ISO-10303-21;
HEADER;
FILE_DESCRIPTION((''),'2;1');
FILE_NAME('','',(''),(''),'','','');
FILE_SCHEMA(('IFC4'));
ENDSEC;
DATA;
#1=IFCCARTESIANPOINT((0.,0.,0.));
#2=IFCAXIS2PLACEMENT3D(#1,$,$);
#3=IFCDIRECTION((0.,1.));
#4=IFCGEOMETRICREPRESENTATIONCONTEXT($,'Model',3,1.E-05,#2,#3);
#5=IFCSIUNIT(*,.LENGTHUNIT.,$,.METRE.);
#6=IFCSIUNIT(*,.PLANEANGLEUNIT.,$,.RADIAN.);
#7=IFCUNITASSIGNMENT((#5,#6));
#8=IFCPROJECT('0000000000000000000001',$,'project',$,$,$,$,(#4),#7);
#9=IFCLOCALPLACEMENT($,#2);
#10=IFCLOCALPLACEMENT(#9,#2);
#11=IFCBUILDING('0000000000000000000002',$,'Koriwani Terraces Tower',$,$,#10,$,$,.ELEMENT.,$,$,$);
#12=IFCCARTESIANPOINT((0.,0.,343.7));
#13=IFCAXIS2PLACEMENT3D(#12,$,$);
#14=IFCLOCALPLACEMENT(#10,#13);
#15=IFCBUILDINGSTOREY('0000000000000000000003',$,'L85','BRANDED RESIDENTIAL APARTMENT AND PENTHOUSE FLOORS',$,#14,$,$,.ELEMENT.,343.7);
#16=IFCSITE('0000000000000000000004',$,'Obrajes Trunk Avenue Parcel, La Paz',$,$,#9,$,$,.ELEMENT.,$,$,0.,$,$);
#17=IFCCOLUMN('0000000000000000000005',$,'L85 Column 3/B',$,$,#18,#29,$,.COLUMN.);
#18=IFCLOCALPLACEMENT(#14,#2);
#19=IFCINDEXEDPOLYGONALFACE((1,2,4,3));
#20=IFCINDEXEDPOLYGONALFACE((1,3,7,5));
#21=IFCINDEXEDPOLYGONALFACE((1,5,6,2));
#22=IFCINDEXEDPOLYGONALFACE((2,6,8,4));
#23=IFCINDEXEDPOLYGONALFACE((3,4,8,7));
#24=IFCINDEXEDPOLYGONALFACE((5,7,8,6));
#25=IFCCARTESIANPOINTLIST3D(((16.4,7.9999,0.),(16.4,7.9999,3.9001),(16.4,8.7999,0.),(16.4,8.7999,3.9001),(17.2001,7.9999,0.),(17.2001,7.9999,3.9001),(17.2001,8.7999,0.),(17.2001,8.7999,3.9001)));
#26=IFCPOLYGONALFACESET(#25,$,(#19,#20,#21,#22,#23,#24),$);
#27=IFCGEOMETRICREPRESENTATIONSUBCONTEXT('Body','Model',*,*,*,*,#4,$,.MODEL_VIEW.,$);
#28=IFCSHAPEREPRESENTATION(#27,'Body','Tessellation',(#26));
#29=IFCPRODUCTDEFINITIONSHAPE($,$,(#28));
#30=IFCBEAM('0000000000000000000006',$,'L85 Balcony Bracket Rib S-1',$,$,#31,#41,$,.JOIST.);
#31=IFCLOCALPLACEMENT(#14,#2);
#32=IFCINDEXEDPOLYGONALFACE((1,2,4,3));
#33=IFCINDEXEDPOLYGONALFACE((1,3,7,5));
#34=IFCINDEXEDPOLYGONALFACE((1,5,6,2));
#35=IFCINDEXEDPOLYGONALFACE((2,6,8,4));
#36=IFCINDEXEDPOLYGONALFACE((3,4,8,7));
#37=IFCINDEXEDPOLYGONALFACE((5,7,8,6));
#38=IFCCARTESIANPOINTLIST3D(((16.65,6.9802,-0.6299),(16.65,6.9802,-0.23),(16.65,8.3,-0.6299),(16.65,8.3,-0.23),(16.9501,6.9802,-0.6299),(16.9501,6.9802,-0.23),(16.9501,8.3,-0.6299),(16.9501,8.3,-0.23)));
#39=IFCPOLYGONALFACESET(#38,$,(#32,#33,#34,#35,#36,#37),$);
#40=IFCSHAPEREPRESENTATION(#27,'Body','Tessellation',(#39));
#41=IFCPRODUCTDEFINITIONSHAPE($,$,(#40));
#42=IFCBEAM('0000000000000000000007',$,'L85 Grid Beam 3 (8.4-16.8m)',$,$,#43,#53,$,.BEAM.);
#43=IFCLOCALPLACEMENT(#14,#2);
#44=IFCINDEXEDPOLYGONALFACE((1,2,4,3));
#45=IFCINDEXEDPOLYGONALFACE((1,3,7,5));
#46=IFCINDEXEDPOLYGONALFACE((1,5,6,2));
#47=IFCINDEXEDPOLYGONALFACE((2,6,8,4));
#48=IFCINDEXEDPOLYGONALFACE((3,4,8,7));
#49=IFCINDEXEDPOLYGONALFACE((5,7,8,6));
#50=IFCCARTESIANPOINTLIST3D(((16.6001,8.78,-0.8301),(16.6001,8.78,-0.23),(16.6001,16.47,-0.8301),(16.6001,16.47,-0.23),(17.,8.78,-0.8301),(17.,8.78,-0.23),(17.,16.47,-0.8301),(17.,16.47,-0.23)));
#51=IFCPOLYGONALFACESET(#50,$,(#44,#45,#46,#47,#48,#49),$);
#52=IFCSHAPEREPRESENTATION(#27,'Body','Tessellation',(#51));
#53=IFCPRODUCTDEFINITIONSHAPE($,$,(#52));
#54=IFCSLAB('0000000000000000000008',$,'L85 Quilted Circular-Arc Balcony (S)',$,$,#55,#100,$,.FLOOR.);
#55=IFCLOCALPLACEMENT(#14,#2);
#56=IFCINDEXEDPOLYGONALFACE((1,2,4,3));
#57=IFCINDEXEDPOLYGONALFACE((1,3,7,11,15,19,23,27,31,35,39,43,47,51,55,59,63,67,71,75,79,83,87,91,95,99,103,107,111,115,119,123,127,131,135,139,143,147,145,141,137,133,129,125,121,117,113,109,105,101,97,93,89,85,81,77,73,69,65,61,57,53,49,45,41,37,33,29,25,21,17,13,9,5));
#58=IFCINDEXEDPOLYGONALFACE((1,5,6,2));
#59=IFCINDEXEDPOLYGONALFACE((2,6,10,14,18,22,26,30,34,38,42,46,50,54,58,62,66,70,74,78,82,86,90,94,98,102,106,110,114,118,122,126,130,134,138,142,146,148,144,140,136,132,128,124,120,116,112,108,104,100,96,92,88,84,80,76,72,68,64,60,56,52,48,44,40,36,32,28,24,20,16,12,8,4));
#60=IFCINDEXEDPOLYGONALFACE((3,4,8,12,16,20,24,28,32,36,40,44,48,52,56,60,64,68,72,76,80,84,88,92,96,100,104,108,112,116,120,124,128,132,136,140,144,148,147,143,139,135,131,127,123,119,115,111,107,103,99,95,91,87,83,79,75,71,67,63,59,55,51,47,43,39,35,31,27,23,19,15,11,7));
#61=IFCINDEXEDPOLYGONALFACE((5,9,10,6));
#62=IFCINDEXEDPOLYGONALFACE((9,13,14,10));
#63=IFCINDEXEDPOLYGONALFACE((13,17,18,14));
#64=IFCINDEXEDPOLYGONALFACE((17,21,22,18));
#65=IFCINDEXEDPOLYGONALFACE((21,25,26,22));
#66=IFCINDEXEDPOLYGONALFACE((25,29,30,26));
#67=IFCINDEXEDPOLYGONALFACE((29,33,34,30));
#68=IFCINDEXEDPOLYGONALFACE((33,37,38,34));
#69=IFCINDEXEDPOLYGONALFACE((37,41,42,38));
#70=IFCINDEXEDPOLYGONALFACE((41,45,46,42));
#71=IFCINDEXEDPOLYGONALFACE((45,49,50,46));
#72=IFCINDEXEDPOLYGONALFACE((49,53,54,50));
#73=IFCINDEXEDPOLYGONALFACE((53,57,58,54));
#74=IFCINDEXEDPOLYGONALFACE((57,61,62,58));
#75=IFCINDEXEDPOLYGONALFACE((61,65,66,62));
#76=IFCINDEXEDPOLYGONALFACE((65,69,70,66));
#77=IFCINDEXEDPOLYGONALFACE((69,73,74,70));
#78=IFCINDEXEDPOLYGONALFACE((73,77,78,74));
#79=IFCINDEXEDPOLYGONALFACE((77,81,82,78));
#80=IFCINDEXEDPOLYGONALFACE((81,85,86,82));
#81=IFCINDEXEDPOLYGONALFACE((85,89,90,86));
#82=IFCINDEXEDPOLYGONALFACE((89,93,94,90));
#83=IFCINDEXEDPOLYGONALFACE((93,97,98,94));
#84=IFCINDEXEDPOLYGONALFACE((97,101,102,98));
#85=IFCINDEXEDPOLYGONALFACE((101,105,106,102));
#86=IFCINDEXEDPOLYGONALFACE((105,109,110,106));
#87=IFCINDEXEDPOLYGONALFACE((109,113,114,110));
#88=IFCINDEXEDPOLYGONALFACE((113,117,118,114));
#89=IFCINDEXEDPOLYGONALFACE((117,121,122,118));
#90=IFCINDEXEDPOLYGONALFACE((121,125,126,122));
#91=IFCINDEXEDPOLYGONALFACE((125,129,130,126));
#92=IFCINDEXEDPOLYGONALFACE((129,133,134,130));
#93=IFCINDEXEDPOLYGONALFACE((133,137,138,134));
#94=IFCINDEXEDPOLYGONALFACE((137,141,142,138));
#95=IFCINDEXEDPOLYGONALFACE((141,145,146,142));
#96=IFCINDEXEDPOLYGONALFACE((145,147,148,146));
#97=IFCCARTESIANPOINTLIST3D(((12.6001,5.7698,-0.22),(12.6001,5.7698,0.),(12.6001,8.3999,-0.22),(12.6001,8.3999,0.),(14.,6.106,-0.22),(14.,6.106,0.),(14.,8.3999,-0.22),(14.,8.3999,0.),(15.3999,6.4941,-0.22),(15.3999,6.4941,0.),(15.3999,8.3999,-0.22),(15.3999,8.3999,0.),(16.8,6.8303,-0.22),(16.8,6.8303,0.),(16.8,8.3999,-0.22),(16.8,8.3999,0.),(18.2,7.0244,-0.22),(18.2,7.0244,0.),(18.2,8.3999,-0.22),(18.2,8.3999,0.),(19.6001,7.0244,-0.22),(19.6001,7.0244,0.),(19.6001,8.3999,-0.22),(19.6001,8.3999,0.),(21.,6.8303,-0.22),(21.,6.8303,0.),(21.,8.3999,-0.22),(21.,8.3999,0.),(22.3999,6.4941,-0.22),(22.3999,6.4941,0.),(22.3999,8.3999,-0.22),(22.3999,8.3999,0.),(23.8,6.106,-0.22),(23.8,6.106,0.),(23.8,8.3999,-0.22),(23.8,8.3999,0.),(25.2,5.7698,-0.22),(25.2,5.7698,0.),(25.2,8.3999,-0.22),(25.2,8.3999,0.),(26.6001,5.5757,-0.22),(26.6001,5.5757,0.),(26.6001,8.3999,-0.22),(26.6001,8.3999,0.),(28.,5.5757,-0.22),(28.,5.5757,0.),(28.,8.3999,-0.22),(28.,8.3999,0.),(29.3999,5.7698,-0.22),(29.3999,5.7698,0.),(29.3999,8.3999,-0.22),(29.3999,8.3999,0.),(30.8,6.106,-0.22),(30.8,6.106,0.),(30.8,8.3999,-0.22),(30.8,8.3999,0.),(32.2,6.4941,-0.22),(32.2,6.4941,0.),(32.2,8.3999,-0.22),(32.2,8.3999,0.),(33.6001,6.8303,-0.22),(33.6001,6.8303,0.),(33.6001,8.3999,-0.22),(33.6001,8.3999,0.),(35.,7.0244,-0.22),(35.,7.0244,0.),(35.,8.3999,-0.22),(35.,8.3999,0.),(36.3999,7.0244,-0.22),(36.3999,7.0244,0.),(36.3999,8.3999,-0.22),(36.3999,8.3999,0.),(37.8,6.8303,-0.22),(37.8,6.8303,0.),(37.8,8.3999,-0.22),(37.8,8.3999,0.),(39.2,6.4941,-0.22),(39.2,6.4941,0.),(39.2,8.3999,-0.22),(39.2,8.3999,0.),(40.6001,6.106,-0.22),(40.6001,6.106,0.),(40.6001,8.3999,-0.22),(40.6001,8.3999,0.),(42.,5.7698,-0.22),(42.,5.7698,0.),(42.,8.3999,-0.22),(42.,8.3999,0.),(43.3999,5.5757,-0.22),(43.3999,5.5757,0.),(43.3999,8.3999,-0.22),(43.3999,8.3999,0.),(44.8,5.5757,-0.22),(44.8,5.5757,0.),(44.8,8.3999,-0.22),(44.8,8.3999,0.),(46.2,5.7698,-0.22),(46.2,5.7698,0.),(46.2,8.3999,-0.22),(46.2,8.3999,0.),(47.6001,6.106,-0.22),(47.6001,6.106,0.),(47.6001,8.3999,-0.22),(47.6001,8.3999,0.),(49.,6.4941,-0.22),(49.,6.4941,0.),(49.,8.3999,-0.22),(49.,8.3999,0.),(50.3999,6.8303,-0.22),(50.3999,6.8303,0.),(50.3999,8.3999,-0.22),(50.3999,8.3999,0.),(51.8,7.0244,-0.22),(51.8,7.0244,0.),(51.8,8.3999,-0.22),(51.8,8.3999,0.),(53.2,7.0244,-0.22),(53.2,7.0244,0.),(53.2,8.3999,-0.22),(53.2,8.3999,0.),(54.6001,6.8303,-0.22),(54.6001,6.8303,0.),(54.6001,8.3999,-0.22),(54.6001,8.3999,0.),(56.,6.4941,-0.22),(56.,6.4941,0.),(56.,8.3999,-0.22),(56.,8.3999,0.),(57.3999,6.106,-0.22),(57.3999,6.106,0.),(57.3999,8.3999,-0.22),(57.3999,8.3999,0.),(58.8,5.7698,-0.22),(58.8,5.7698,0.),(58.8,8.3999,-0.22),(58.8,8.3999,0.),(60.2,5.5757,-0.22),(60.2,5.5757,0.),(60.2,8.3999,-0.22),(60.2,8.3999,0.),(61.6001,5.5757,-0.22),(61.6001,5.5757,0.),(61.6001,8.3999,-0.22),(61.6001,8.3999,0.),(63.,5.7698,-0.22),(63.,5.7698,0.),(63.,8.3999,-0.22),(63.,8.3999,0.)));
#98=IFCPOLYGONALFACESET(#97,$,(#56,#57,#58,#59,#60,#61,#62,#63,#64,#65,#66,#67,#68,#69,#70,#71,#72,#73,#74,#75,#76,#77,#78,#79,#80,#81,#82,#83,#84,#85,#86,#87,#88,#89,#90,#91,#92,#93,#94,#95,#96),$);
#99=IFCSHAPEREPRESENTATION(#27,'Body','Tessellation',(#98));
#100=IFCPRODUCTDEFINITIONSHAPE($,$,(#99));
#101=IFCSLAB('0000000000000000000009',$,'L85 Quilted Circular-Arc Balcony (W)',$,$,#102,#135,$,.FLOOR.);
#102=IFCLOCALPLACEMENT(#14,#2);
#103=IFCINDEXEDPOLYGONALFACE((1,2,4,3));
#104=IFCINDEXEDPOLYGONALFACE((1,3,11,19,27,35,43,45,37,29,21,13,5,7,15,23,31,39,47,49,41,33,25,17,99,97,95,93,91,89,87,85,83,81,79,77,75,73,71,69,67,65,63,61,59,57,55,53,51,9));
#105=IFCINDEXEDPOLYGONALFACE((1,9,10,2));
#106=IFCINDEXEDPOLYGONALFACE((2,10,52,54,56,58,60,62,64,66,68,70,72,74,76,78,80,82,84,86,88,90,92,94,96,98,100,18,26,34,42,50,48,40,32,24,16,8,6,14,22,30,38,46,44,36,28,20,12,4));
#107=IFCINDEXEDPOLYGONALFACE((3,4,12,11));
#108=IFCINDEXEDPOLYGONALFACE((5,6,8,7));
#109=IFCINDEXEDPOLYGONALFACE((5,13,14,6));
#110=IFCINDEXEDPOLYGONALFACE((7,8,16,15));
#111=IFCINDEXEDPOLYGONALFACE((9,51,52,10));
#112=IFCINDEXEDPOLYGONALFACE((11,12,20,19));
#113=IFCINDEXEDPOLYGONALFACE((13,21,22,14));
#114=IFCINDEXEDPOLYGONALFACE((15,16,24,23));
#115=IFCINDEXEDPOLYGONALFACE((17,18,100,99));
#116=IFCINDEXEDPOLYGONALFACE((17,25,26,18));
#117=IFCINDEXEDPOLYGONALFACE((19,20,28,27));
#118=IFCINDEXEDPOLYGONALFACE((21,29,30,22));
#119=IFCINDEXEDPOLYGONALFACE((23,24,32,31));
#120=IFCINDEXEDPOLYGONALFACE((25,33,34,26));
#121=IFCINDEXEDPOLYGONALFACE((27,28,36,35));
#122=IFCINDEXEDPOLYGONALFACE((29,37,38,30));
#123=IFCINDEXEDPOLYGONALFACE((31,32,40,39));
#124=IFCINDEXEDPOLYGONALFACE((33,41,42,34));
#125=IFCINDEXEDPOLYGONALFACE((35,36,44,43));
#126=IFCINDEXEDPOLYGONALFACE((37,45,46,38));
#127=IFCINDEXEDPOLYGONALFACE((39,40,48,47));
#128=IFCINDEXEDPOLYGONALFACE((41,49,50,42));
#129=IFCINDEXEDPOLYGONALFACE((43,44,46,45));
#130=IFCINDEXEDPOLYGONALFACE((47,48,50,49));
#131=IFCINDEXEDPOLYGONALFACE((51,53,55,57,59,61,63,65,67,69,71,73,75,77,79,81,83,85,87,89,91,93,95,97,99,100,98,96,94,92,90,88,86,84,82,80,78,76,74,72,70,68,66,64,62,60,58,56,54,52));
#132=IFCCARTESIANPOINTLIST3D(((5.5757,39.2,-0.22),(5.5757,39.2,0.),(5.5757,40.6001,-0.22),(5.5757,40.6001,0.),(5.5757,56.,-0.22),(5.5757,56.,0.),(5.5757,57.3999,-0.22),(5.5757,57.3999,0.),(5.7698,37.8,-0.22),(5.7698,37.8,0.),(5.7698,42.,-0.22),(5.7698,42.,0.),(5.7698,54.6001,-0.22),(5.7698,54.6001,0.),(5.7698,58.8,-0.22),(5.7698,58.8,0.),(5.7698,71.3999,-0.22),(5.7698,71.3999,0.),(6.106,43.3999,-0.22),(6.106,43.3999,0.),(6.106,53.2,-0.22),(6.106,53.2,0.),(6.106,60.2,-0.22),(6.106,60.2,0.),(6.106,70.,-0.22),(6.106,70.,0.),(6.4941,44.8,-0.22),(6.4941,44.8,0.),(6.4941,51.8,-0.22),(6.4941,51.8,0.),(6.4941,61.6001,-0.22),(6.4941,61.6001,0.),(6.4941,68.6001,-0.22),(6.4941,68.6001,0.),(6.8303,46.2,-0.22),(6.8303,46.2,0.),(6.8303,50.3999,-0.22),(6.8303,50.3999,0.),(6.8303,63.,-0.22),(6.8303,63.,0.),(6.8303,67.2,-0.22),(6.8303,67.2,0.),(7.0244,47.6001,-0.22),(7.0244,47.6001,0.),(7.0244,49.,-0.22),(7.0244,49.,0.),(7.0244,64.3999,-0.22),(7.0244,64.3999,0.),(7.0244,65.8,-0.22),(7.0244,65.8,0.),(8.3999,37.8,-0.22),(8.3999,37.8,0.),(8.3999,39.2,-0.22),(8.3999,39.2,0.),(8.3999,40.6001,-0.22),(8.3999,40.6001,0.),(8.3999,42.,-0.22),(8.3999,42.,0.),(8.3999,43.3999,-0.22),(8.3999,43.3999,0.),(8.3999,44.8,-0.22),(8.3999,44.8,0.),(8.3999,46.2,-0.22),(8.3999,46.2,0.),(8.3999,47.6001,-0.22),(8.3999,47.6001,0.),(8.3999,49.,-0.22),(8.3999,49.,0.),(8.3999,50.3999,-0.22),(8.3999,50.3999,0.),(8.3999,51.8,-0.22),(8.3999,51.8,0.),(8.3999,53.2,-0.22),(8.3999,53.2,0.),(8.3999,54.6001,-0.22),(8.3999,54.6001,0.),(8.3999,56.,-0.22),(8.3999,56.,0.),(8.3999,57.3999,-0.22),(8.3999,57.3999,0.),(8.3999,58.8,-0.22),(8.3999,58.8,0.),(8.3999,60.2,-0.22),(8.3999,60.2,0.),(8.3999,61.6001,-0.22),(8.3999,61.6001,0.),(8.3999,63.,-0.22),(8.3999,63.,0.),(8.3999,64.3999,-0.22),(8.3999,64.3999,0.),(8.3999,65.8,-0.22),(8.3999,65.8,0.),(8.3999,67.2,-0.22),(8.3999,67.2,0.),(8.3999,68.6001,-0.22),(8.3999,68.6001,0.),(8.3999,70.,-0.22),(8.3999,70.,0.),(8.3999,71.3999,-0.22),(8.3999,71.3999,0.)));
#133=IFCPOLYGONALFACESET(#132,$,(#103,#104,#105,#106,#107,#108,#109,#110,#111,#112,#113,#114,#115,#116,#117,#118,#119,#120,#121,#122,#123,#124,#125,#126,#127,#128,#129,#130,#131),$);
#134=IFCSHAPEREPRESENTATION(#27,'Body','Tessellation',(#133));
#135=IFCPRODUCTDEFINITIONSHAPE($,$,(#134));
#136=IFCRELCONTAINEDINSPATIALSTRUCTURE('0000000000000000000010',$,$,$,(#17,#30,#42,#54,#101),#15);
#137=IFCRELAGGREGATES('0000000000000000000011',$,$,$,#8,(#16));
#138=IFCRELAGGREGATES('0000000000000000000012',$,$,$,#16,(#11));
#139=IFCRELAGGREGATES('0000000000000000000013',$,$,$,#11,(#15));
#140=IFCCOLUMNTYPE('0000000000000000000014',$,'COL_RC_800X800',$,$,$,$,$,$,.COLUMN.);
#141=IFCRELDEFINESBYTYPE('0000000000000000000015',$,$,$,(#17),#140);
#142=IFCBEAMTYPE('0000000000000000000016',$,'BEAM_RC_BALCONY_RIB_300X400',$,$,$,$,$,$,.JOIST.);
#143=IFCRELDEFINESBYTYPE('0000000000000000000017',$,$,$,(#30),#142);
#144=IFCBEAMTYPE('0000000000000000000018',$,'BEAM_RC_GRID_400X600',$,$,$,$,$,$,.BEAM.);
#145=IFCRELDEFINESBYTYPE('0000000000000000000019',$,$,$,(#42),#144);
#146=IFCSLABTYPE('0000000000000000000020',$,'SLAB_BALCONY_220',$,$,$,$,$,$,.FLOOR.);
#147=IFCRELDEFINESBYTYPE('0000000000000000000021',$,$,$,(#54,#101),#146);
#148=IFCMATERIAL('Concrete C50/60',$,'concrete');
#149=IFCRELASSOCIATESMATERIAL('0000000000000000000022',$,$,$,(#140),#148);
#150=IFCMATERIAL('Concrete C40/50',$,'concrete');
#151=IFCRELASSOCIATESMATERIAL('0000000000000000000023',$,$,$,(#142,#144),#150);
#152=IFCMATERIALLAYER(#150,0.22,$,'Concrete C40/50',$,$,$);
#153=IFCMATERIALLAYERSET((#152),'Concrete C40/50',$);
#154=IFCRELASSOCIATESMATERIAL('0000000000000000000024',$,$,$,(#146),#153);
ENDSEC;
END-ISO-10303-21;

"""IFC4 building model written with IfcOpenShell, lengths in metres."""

from ifc_helpers import new_model, si_unit, direction, frame, origin, origin_2d, place, context, subcontext, project, spatial, polyline, rectangle, outline, extrude, material, layer, layer_set, material_profile, profile_set, type_object, element, save


model = new_model("IFC4")

# Units and contexts
model_context = context("Model", 3, precision=1e-05, world=origin(), true_north=direction((0.0, 1.0)))
body_context = subcontext(model_context, "Body", "Model", "MODEL_VIEW")
ifc_project = project(units=[si_unit("LENGTHUNIT", "METRE"), si_unit("PLANEANGLEUNIT", "RADIAN")], contexts=[model_context])

# Site, building, storey
site_placement = place(None, origin())
site = spatial("IfcSite", under=ifc_project, at=site_placement, Name="Obrajes Trunk Avenue Parcel, La Paz", CompositionType="ELEMENT", RefElevation=0.0)
building_placement = place(site_placement, origin())
building = spatial("IfcBuilding", under=site, at=building_placement, Name="Koriwani Terraces Tower", CompositionType="ELEMENT")
storey_placement = place(building_placement, frame((0.0, 0.0, 343.7)))
storey = spatial("IfcBuildingStorey", under=building, at=storey_placement, Name="L85", Description="BRANDED RESIDENTIAL APARTMENT AND PENTHOUSE FLOORS", CompositionType="ELEMENT", Elevation=343.7)

# Column
ifc_material_1 = material(Name="Concrete C50/60", Category="concrete")
ifc_material_profile_1 = material_profile(ifc_material_1, rectangle(XDim=0.8, YDim=0.8, at=origin_2d()), Name="Concrete C50/60", Category="LoadBearing")
ifc_profile_set_1 = profile_set([ifc_material_profile_1], Name="Concrete C50/60")
column_type = type_object("IfcColumnType", Name="COL_RC_800X800", PredefinedType="COLUMN", material=ifc_profile_set_1)
column_placement = place(storey_placement, frame((16.8, 8.3999, 0.0), z_axis=(0.0, 0.0, 1.0), x_axis=(1.0, 0.0, 0.0)))
element("IfcColumn", 1, at=column_placement, inside=storey, type_object=column_type, Name="L85 Column 3/B", PredefinedType="COLUMN", context=body_context, shape_type="SweptSolid", body=[
    extrude(rectangle(XDim=0.8, YDim=0.8, at=origin_2d()), origin(), (0.0, 0.0, 1.0), 3.9001),
])

# Beams
ifc_material_2 = material(Name="Concrete C40/50", Category="concrete")
ifc_material_profile_2 = material_profile(ifc_material_2, rectangle(XDim=0.3, YDim=0.3999, at=origin_2d()), Name="Concrete C40/50", Category="LoadBearing")
ifc_profile_set_2 = profile_set([ifc_material_profile_2], Name="Concrete C40/50")
beam_type_1 = type_object("IfcBeamType", Name="BEAM_RC_BALCONY_RIB_300X400", PredefinedType="JOIST", material=ifc_profile_set_2)
beam_1_placement = place(storey_placement, frame((16.8, 6.9802, -0.4299), z_axis=(0.0, 1.0, 0.0), x_axis=(-1.0, 0.0, 0.0)))
element("IfcBeam", 2, at=beam_1_placement, inside=storey, type_object=beam_type_1, Name="L85 Balcony Bracket Rib S-1", PredefinedType="JOIST", context=body_context, shape_type="SweptSolid", body=[
    extrude(rectangle(XDim=0.3, YDim=0.3999, at=origin_2d()), origin(), (0.0, 0.0, 1.0), 1.3198),
])
ifc_material_profile_3 = material_profile(ifc_material_2, rectangle(XDim=0.3999, YDim=0.6001, at=origin_2d()), Name="Concrete C40/50", Category="LoadBearing")
ifc_profile_set_3 = profile_set([ifc_material_profile_3], Name="Concrete C40/50")
beam_type_2 = type_object("IfcBeamType", Name="BEAM_RC_GRID_400X600", PredefinedType="BEAM", material=ifc_profile_set_3)
beam_2_placement = place(storey_placement, frame((16.8, 8.78, -0.53), z_axis=(0.0, 1.0, 0.0), x_axis=(-1.0, 0.0, 0.0)))
element("IfcBeam", 3, at=beam_2_placement, inside=storey, type_object=beam_type_2, Name="L85 Grid Beam 3 (8.4-16.8m)", PredefinedType="BEAM", context=body_context, shape_type="SweptSolid", body=[
    extrude(rectangle(XDim=0.3999, YDim=0.6001, at=origin_2d()), origin(), (0.0, 0.0, 1.0), 7.6899),
])

# Slabs
ifc_layer_1 = layer(ifc_material_2, 0.22, Name="Concrete C40/50")
ifc_layer_set_1 = layer_set([ifc_layer_1], Name="Concrete C40/50")
slab_type_1 = type_object("IfcSlabType", Name="SLAB_BALCONY_220", PredefinedType="FLOOR", material=ifc_layer_set_1)
slab_1_placement = place(storey_placement, frame((0.0, 0.0, -0.22)))
element("IfcSlab", 4, at=slab_1_placement, inside=storey, type_object=slab_type_1, Name="L85 Quilted Circular-Arc Balcony (S)", PredefinedType="FLOOR", context=body_context, shape_type="SweptSolid", body=[
    extrude(outline(polyline([(12.6001, 8.3999), (14.0, 8.3999), (15.3999, 8.3999), (16.8, 8.3999), (18.2, 8.3999), (19.6001, 8.3999), (21.0, 8.3999), (22.3999, 8.3999), (23.8, 8.3999), (25.2, 8.3999), (26.6001, 8.3999), (28.0, 8.3999), (29.3999, 8.3999), (30.8, 8.3999), (32.2, 8.3999), (33.6001, 8.3999), (35.0, 8.3999), (36.3999, 8.3999), (37.8, 8.3999), (39.2, 8.3999), (40.6001, 8.3999), (42.0, 8.3999), (43.3999, 8.3999), (44.8, 8.3999), (46.2, 8.3999), (47.6001, 8.3999), (49.0, 8.3999), (50.3999, 8.3999), (51.8, 8.3999), (53.2, 8.3999), (54.6001, 8.3999), (56.0, 8.3999), (57.3999, 8.3999), (58.8, 8.3999), (60.2, 8.3999), (61.6001, 8.3999), (63.0, 8.3999), (63.0, 5.7698), (61.6001, 5.5757), (60.2, 5.5757), (58.8, 5.7698), (57.3999, 6.106), (56.0, 6.4941), (54.6001, 6.8303), (53.2, 7.0244), (51.8, 7.0244), (50.3999, 6.8303), (49.0, 6.4941), (47.6001, 6.106), (46.2, 5.7698), (44.8, 5.5757), (43.3999, 5.5757), (42.0, 5.7698), (40.6001, 6.106), (39.2, 6.4941), (37.8, 6.8303), (36.3999, 7.0244), (35.0, 7.0244), (33.6001, 6.8303), (32.2, 6.4941), (30.8, 6.106), (29.3999, 5.7698), (28.0, 5.5757), (26.6001, 5.5757), (25.2, 5.7698), (23.8, 6.106), (22.3999, 6.4941), (21.0, 6.8303), (19.6001, 7.0244), (18.2, 7.0244), (16.8, 6.8303), (15.3999, 6.4941), (14.0, 6.106), (12.6001, 5.7698), (12.6001, 8.3999)])), origin(), (0.0, 0.0, 1.0), 0.22),
])
slab_2_placement = place(storey_placement, frame((0.0, 0.0, -0.22)))
element("IfcSlab", 5, at=slab_2_placement, inside=storey, type_object=slab_type_1, Name="L85 Quilted Circular-Arc Balcony (W)", PredefinedType="FLOOR", context=body_context, shape_type="SweptSolid", body=[
    extrude(outline(polyline([(8.3999, 37.8), (8.3999, 39.2), (8.3999, 40.6001), (8.3999, 42.0), (8.3999, 43.3999), (8.3999, 44.8), (8.3999, 46.2), (8.3999, 47.6001), (8.3999, 49.0), (8.3999, 50.3999), (8.3999, 51.8), (8.3999, 53.2), (8.3999, 54.6001), (8.3999, 56.0), (8.3999, 57.3999), (8.3999, 58.8), (8.3999, 60.2), (8.3999, 61.6001), (8.3999, 63.0), (8.3999, 64.3999), (8.3999, 65.8), (8.3999, 67.2), (8.3999, 68.6001), (8.3999, 70.0), (8.3999, 71.3999), (5.7698, 71.3999), (6.106, 70.0), (6.4941, 68.6001), (6.8303, 67.2), (7.0244, 65.8), (7.0244, 64.3999), (6.8303, 63.0), (6.4941, 61.6001), (6.106, 60.2), (5.7698, 58.8), (5.5757, 57.3999), (5.5757, 56.0), (5.7698, 54.6001), (6.106, 53.2), (6.4941, 51.8), (6.8303, 50.3999), (7.0244, 49.0), (7.0244, 47.6001), (6.8303, 46.2), (6.4941, 44.8), (6.106, 43.3999), (5.7698, 42.0), (5.5757, 40.6001), (5.5757, 39.2), (5.7698, 37.8), (8.3999, 37.8)])), origin(), (0.0, 0.0, 1.0), 0.22),
])

save(model, "model.ifc")
